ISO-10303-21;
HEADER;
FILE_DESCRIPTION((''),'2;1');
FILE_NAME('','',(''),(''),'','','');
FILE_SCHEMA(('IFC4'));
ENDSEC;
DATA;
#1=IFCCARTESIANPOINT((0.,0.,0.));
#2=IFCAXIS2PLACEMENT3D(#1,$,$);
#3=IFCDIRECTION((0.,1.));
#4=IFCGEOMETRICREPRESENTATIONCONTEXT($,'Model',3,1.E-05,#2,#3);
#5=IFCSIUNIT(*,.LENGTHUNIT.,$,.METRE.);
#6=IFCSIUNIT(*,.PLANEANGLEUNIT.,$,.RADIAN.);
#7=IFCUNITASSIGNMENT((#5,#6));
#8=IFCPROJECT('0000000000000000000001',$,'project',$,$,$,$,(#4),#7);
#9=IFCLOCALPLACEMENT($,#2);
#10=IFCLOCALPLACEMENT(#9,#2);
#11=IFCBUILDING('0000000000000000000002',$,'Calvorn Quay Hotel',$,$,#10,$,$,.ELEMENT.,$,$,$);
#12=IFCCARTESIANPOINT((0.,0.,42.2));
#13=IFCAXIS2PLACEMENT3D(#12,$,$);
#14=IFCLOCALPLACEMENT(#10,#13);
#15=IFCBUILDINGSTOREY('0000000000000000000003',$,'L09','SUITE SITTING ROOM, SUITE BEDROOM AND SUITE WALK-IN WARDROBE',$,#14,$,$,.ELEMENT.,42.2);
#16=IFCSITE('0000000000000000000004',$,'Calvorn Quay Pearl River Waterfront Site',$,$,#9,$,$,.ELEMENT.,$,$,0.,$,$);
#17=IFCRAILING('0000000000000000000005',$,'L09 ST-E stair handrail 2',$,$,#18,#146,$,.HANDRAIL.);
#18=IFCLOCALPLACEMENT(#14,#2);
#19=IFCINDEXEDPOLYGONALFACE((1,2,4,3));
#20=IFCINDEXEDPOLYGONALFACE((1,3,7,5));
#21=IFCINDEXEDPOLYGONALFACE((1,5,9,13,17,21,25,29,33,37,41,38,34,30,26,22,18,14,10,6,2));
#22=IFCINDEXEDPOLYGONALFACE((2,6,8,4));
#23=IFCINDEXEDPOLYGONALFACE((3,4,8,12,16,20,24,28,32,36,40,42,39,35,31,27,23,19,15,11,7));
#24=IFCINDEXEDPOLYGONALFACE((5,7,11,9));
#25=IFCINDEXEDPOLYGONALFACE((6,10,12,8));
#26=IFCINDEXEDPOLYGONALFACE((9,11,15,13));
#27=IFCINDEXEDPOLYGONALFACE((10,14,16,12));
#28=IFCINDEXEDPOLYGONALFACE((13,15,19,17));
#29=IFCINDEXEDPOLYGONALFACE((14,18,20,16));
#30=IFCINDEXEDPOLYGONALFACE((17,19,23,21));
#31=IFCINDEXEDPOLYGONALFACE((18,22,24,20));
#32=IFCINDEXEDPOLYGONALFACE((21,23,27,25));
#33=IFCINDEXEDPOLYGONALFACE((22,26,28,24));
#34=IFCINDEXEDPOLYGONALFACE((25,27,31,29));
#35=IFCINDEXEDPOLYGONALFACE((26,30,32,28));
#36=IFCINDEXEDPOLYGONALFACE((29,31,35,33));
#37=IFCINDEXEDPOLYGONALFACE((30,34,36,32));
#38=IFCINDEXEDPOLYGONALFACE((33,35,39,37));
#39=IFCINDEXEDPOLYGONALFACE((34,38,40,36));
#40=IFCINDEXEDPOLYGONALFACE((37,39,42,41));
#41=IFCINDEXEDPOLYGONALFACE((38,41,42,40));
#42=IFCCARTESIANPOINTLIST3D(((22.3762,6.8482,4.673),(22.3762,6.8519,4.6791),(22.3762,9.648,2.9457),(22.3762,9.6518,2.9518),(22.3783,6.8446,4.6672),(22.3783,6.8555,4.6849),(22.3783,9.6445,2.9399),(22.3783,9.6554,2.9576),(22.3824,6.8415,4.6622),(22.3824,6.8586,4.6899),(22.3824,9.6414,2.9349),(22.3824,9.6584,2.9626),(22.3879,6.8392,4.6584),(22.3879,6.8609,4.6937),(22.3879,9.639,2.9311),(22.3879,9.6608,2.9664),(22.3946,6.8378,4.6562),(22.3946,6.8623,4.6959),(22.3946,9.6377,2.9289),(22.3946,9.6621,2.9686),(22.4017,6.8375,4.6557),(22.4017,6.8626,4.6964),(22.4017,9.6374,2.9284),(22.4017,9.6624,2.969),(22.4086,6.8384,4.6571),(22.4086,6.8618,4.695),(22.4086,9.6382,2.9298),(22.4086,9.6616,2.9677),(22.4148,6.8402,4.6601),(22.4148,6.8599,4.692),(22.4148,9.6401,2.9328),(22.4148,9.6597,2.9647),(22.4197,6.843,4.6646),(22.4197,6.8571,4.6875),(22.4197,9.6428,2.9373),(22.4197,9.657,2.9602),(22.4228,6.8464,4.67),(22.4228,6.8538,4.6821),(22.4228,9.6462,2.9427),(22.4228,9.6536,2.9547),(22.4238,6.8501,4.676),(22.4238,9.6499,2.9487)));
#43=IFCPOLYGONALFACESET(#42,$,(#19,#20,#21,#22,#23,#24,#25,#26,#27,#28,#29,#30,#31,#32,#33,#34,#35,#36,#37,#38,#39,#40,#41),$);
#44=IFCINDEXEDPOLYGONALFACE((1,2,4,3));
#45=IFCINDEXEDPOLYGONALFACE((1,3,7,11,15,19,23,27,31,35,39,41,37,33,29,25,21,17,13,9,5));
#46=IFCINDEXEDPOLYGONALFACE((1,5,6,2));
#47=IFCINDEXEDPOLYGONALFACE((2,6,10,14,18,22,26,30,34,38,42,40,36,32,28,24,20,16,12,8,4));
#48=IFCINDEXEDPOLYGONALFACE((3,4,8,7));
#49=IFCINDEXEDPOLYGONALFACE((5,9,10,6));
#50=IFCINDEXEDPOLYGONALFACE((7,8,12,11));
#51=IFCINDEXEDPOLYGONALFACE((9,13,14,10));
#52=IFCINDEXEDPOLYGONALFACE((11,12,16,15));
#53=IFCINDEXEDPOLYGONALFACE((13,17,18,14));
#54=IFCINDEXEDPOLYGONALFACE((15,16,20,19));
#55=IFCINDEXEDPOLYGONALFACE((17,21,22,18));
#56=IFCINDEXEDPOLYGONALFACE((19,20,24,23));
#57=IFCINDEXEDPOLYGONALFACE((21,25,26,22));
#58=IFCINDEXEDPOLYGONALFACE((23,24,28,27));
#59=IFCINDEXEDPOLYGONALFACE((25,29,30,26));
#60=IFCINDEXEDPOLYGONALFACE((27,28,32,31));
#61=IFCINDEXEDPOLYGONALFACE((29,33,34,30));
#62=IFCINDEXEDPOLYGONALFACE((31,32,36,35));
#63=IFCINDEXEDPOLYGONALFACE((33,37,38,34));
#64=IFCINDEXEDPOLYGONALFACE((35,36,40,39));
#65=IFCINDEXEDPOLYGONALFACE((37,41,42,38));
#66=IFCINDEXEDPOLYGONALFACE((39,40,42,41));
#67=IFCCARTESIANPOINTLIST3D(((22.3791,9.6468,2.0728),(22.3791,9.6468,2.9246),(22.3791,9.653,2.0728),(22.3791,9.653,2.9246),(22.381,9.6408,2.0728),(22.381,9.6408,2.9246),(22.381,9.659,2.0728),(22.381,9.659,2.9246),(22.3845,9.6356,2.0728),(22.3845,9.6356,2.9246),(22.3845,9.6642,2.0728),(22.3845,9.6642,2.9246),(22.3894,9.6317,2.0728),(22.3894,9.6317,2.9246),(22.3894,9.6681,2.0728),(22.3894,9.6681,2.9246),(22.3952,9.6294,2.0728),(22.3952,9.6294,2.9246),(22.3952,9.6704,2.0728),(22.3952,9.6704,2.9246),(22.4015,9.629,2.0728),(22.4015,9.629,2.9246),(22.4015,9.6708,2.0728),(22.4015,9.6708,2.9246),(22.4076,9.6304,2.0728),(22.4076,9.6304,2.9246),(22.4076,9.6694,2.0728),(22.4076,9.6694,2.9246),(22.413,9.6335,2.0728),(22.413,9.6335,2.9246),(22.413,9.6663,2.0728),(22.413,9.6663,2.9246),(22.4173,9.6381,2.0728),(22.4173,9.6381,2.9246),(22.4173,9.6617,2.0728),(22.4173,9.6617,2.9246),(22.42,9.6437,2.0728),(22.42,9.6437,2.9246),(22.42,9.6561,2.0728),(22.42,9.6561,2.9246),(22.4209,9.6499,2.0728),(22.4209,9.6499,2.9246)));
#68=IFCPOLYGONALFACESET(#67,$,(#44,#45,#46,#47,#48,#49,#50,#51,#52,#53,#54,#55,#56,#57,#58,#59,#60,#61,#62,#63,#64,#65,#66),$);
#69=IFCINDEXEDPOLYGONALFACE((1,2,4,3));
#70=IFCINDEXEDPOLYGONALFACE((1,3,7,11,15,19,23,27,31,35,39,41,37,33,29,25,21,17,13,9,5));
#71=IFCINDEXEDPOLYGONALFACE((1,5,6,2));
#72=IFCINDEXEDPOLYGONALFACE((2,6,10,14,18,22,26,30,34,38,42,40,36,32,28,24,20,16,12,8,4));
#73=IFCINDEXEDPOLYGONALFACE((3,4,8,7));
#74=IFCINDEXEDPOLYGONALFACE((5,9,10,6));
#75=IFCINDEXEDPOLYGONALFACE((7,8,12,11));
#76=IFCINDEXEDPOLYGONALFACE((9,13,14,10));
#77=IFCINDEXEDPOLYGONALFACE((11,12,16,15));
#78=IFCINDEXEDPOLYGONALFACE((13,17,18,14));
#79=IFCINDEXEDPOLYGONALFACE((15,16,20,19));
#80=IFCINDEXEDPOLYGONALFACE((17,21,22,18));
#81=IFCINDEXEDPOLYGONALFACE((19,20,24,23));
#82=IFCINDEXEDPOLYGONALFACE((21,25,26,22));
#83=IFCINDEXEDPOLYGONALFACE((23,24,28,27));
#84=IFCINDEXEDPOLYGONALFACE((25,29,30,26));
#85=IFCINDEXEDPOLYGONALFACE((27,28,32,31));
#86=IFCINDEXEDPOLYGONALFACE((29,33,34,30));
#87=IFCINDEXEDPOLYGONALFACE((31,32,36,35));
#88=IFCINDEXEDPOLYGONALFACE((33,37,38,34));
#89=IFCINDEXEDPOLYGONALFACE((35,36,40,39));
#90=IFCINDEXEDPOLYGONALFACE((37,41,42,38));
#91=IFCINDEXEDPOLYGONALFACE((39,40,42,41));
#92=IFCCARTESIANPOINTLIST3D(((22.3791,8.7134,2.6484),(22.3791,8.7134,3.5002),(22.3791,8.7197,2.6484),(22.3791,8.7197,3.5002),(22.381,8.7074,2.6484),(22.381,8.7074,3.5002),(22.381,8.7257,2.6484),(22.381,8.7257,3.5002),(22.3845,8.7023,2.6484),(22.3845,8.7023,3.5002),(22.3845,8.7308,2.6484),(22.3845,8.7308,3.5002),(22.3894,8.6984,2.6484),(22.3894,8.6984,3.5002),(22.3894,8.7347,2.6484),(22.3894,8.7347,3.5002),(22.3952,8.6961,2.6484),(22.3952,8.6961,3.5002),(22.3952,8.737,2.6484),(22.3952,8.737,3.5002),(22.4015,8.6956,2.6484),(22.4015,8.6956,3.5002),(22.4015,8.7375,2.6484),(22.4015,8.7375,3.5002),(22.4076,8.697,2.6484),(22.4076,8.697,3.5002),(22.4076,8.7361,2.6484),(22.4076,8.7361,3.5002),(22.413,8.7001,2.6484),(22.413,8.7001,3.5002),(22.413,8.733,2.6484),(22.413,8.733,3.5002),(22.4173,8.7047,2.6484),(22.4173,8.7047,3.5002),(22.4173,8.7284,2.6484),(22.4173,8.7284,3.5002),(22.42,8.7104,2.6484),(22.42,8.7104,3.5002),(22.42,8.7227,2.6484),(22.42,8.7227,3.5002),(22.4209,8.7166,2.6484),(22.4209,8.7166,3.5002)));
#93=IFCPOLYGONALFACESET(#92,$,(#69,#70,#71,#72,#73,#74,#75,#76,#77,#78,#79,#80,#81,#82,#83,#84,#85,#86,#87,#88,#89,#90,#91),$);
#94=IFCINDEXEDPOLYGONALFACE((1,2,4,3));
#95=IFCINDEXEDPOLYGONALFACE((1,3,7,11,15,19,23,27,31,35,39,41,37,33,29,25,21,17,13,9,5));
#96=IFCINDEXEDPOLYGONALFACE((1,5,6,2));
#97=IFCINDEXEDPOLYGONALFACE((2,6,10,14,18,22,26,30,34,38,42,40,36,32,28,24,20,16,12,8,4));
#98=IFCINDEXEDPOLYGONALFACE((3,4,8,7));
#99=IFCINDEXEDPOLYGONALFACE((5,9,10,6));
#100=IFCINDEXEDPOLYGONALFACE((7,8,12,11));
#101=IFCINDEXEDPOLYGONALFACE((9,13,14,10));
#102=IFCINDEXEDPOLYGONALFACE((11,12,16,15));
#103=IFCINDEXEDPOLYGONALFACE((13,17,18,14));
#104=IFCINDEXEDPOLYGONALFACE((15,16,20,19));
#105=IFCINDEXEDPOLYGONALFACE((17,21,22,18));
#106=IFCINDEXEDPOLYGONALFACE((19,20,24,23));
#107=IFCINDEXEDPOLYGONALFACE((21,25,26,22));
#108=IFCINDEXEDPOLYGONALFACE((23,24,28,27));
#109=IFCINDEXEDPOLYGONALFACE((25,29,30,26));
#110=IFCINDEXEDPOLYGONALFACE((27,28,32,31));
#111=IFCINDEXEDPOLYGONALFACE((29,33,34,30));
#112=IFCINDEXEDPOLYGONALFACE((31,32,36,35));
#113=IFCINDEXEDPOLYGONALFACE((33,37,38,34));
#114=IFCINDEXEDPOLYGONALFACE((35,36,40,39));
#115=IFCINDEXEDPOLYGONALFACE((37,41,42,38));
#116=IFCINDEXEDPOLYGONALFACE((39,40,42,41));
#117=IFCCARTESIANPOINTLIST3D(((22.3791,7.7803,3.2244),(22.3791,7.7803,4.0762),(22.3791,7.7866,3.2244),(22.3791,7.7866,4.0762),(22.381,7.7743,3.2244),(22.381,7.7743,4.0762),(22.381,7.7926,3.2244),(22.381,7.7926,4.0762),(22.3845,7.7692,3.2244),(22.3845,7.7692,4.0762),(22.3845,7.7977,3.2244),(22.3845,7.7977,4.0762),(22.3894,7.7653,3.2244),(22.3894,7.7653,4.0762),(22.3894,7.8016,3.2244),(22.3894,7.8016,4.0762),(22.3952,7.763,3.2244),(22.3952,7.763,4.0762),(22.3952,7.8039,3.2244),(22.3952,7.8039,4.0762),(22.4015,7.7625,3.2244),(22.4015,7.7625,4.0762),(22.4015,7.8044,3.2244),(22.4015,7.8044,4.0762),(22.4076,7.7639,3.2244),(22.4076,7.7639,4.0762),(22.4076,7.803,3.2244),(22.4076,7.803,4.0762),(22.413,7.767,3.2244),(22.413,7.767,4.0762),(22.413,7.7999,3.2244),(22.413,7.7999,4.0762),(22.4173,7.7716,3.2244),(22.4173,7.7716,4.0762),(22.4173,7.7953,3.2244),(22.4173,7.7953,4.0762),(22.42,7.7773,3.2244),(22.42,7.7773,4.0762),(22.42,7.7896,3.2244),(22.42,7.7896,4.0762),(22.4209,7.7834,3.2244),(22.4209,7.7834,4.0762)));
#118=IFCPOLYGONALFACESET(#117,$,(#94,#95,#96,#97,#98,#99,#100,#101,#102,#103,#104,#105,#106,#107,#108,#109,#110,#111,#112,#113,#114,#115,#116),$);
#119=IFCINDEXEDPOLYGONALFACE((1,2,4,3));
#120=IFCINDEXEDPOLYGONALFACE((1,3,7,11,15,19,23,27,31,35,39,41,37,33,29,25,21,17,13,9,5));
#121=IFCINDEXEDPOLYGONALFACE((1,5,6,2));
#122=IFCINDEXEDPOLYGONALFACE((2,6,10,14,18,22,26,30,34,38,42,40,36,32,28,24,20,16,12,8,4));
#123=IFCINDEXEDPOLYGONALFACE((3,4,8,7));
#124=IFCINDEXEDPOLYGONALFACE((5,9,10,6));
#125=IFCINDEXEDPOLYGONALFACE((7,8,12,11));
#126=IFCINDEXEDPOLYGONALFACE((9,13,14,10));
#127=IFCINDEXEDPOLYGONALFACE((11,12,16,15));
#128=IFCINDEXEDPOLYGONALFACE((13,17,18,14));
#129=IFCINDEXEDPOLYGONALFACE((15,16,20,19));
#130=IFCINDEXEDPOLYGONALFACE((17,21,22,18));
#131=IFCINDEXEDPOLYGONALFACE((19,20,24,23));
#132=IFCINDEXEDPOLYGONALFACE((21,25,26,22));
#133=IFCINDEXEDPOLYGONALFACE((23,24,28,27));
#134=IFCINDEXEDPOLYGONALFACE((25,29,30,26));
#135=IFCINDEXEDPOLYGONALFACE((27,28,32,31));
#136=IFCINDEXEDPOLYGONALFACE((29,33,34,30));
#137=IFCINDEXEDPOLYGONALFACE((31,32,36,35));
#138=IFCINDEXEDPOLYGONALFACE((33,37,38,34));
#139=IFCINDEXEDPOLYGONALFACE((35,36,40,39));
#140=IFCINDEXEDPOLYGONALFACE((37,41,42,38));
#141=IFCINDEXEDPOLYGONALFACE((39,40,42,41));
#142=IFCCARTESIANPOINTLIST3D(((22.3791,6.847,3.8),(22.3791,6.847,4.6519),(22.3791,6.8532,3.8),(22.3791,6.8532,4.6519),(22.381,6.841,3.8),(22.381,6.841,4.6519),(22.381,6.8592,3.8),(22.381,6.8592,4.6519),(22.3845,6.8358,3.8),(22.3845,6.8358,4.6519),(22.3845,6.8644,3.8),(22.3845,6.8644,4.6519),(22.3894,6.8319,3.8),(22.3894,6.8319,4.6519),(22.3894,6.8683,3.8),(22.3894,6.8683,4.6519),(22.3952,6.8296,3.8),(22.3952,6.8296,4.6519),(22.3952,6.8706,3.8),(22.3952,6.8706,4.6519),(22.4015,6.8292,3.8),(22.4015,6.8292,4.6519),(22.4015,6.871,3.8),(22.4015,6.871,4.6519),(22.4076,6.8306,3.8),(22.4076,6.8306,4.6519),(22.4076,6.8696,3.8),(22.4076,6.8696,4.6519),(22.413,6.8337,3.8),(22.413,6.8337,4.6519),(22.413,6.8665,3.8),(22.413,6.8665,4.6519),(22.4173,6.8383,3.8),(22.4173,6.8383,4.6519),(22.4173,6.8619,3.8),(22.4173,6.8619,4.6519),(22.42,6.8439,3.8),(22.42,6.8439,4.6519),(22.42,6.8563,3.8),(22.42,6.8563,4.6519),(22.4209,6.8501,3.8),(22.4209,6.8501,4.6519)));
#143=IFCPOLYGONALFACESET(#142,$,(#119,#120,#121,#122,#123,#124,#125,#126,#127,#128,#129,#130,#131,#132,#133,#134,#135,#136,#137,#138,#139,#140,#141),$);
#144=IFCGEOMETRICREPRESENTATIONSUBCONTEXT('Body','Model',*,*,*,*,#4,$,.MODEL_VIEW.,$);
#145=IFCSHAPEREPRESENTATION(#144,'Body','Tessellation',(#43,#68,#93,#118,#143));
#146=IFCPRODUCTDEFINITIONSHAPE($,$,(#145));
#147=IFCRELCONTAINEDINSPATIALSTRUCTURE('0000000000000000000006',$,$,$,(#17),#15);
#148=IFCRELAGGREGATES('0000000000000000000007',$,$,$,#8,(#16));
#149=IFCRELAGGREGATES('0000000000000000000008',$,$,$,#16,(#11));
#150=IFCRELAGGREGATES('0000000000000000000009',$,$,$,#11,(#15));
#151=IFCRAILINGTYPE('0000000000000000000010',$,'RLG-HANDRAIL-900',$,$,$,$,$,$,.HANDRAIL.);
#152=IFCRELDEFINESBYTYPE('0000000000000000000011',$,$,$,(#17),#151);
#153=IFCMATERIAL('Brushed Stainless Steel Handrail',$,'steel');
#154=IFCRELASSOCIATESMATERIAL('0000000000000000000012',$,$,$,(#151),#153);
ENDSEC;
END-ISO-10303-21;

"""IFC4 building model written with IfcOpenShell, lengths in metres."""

from ifc_helpers import new_model, si_unit, direction, frame, origin, origin_2d, place, context, subcontext, project, spatial, circle, extrude, material, type_object, element, save


model = new_model("IFC4")

# Units and contexts
model_context = context("Model", 3, precision=1e-05, world=origin(), true_north=direction((0.0, 1.0)))
body_context = subcontext(model_context, "Body", "Model", "MODEL_VIEW")
ifc_project = project(units=[si_unit("LENGTHUNIT", "METRE"), si_unit("PLANEANGLEUNIT", "RADIAN")], contexts=[model_context])

# Site, building, storey
site_placement = place(None, origin())
site = spatial("IfcSite", under=ifc_project, at=site_placement, Name="Calvorn Quay Pearl River Waterfront Site", CompositionType="ELEMENT", RefElevation=0.0)
building_placement = place(site_placement, origin())
building = spatial("IfcBuilding", under=site, at=building_placement, Name="Calvorn Quay Hotel", CompositionType="ELEMENT")
storey_placement = place(building_placement, frame((0.0, 0.0, 42.2)))
storey = spatial("IfcBuildingStorey", under=building, at=storey_placement, Name="L09", Description="SUITE SITTING ROOM, SUITE BEDROOM AND SUITE WALK-IN WARDROBE", CompositionType="ELEMENT", Elevation=42.2)

# Railing
ifc_material_1 = material(Name="Brushed Stainless Steel Handrail", Category="steel")
railing_type_1 = type_object("IfcRailingType", Name="RLG-HANDRAIL-900", PredefinedType="HANDRAIL", material=ifc_material_1)
railing_1_placement = place(storey_placement, frame((22.3999, 9.6499, 2.0728)))
element("IfcRailing", 1, at=railing_1_placement, inside=storey, type_object=railing_type_1, Name="L09 ST-E stair handrail 2", PredefinedType="HANDRAIL", context=body_context, shape_type="SweptSolid", body=[
    extrude(circle(Radius=0.0239, at=origin_2d()), frame((0.0, 0.0, 0.876), z_axis=(0.0, -0.851069, 0.525054), x_axis=(1.0, 0.0, 0.0)), (0.0, 0.0, 1.0), 3.2898),
    extrude(circle(Radius=0.021, at=origin_2d()), origin(), (0.0, 0.0, 1.0), 0.8518),
    extrude(circle(Radius=0.021, at=origin_2d()), frame((0.0, -0.9333, 0.5757)), (0.0, 0.0, 1.0), 0.8518),
    extrude(circle(Radius=0.021, at=origin_2d()), frame((0.0, -1.8665, 1.1516)), (0.0, 0.0, 1.0), 0.8518),
    extrude(circle(Radius=0.021, at=origin_2d()), frame((0.0, -2.7998, 1.7273)), (0.0, 0.0, 1.0), 0.8518),
])

save(model, "model.ifc")
